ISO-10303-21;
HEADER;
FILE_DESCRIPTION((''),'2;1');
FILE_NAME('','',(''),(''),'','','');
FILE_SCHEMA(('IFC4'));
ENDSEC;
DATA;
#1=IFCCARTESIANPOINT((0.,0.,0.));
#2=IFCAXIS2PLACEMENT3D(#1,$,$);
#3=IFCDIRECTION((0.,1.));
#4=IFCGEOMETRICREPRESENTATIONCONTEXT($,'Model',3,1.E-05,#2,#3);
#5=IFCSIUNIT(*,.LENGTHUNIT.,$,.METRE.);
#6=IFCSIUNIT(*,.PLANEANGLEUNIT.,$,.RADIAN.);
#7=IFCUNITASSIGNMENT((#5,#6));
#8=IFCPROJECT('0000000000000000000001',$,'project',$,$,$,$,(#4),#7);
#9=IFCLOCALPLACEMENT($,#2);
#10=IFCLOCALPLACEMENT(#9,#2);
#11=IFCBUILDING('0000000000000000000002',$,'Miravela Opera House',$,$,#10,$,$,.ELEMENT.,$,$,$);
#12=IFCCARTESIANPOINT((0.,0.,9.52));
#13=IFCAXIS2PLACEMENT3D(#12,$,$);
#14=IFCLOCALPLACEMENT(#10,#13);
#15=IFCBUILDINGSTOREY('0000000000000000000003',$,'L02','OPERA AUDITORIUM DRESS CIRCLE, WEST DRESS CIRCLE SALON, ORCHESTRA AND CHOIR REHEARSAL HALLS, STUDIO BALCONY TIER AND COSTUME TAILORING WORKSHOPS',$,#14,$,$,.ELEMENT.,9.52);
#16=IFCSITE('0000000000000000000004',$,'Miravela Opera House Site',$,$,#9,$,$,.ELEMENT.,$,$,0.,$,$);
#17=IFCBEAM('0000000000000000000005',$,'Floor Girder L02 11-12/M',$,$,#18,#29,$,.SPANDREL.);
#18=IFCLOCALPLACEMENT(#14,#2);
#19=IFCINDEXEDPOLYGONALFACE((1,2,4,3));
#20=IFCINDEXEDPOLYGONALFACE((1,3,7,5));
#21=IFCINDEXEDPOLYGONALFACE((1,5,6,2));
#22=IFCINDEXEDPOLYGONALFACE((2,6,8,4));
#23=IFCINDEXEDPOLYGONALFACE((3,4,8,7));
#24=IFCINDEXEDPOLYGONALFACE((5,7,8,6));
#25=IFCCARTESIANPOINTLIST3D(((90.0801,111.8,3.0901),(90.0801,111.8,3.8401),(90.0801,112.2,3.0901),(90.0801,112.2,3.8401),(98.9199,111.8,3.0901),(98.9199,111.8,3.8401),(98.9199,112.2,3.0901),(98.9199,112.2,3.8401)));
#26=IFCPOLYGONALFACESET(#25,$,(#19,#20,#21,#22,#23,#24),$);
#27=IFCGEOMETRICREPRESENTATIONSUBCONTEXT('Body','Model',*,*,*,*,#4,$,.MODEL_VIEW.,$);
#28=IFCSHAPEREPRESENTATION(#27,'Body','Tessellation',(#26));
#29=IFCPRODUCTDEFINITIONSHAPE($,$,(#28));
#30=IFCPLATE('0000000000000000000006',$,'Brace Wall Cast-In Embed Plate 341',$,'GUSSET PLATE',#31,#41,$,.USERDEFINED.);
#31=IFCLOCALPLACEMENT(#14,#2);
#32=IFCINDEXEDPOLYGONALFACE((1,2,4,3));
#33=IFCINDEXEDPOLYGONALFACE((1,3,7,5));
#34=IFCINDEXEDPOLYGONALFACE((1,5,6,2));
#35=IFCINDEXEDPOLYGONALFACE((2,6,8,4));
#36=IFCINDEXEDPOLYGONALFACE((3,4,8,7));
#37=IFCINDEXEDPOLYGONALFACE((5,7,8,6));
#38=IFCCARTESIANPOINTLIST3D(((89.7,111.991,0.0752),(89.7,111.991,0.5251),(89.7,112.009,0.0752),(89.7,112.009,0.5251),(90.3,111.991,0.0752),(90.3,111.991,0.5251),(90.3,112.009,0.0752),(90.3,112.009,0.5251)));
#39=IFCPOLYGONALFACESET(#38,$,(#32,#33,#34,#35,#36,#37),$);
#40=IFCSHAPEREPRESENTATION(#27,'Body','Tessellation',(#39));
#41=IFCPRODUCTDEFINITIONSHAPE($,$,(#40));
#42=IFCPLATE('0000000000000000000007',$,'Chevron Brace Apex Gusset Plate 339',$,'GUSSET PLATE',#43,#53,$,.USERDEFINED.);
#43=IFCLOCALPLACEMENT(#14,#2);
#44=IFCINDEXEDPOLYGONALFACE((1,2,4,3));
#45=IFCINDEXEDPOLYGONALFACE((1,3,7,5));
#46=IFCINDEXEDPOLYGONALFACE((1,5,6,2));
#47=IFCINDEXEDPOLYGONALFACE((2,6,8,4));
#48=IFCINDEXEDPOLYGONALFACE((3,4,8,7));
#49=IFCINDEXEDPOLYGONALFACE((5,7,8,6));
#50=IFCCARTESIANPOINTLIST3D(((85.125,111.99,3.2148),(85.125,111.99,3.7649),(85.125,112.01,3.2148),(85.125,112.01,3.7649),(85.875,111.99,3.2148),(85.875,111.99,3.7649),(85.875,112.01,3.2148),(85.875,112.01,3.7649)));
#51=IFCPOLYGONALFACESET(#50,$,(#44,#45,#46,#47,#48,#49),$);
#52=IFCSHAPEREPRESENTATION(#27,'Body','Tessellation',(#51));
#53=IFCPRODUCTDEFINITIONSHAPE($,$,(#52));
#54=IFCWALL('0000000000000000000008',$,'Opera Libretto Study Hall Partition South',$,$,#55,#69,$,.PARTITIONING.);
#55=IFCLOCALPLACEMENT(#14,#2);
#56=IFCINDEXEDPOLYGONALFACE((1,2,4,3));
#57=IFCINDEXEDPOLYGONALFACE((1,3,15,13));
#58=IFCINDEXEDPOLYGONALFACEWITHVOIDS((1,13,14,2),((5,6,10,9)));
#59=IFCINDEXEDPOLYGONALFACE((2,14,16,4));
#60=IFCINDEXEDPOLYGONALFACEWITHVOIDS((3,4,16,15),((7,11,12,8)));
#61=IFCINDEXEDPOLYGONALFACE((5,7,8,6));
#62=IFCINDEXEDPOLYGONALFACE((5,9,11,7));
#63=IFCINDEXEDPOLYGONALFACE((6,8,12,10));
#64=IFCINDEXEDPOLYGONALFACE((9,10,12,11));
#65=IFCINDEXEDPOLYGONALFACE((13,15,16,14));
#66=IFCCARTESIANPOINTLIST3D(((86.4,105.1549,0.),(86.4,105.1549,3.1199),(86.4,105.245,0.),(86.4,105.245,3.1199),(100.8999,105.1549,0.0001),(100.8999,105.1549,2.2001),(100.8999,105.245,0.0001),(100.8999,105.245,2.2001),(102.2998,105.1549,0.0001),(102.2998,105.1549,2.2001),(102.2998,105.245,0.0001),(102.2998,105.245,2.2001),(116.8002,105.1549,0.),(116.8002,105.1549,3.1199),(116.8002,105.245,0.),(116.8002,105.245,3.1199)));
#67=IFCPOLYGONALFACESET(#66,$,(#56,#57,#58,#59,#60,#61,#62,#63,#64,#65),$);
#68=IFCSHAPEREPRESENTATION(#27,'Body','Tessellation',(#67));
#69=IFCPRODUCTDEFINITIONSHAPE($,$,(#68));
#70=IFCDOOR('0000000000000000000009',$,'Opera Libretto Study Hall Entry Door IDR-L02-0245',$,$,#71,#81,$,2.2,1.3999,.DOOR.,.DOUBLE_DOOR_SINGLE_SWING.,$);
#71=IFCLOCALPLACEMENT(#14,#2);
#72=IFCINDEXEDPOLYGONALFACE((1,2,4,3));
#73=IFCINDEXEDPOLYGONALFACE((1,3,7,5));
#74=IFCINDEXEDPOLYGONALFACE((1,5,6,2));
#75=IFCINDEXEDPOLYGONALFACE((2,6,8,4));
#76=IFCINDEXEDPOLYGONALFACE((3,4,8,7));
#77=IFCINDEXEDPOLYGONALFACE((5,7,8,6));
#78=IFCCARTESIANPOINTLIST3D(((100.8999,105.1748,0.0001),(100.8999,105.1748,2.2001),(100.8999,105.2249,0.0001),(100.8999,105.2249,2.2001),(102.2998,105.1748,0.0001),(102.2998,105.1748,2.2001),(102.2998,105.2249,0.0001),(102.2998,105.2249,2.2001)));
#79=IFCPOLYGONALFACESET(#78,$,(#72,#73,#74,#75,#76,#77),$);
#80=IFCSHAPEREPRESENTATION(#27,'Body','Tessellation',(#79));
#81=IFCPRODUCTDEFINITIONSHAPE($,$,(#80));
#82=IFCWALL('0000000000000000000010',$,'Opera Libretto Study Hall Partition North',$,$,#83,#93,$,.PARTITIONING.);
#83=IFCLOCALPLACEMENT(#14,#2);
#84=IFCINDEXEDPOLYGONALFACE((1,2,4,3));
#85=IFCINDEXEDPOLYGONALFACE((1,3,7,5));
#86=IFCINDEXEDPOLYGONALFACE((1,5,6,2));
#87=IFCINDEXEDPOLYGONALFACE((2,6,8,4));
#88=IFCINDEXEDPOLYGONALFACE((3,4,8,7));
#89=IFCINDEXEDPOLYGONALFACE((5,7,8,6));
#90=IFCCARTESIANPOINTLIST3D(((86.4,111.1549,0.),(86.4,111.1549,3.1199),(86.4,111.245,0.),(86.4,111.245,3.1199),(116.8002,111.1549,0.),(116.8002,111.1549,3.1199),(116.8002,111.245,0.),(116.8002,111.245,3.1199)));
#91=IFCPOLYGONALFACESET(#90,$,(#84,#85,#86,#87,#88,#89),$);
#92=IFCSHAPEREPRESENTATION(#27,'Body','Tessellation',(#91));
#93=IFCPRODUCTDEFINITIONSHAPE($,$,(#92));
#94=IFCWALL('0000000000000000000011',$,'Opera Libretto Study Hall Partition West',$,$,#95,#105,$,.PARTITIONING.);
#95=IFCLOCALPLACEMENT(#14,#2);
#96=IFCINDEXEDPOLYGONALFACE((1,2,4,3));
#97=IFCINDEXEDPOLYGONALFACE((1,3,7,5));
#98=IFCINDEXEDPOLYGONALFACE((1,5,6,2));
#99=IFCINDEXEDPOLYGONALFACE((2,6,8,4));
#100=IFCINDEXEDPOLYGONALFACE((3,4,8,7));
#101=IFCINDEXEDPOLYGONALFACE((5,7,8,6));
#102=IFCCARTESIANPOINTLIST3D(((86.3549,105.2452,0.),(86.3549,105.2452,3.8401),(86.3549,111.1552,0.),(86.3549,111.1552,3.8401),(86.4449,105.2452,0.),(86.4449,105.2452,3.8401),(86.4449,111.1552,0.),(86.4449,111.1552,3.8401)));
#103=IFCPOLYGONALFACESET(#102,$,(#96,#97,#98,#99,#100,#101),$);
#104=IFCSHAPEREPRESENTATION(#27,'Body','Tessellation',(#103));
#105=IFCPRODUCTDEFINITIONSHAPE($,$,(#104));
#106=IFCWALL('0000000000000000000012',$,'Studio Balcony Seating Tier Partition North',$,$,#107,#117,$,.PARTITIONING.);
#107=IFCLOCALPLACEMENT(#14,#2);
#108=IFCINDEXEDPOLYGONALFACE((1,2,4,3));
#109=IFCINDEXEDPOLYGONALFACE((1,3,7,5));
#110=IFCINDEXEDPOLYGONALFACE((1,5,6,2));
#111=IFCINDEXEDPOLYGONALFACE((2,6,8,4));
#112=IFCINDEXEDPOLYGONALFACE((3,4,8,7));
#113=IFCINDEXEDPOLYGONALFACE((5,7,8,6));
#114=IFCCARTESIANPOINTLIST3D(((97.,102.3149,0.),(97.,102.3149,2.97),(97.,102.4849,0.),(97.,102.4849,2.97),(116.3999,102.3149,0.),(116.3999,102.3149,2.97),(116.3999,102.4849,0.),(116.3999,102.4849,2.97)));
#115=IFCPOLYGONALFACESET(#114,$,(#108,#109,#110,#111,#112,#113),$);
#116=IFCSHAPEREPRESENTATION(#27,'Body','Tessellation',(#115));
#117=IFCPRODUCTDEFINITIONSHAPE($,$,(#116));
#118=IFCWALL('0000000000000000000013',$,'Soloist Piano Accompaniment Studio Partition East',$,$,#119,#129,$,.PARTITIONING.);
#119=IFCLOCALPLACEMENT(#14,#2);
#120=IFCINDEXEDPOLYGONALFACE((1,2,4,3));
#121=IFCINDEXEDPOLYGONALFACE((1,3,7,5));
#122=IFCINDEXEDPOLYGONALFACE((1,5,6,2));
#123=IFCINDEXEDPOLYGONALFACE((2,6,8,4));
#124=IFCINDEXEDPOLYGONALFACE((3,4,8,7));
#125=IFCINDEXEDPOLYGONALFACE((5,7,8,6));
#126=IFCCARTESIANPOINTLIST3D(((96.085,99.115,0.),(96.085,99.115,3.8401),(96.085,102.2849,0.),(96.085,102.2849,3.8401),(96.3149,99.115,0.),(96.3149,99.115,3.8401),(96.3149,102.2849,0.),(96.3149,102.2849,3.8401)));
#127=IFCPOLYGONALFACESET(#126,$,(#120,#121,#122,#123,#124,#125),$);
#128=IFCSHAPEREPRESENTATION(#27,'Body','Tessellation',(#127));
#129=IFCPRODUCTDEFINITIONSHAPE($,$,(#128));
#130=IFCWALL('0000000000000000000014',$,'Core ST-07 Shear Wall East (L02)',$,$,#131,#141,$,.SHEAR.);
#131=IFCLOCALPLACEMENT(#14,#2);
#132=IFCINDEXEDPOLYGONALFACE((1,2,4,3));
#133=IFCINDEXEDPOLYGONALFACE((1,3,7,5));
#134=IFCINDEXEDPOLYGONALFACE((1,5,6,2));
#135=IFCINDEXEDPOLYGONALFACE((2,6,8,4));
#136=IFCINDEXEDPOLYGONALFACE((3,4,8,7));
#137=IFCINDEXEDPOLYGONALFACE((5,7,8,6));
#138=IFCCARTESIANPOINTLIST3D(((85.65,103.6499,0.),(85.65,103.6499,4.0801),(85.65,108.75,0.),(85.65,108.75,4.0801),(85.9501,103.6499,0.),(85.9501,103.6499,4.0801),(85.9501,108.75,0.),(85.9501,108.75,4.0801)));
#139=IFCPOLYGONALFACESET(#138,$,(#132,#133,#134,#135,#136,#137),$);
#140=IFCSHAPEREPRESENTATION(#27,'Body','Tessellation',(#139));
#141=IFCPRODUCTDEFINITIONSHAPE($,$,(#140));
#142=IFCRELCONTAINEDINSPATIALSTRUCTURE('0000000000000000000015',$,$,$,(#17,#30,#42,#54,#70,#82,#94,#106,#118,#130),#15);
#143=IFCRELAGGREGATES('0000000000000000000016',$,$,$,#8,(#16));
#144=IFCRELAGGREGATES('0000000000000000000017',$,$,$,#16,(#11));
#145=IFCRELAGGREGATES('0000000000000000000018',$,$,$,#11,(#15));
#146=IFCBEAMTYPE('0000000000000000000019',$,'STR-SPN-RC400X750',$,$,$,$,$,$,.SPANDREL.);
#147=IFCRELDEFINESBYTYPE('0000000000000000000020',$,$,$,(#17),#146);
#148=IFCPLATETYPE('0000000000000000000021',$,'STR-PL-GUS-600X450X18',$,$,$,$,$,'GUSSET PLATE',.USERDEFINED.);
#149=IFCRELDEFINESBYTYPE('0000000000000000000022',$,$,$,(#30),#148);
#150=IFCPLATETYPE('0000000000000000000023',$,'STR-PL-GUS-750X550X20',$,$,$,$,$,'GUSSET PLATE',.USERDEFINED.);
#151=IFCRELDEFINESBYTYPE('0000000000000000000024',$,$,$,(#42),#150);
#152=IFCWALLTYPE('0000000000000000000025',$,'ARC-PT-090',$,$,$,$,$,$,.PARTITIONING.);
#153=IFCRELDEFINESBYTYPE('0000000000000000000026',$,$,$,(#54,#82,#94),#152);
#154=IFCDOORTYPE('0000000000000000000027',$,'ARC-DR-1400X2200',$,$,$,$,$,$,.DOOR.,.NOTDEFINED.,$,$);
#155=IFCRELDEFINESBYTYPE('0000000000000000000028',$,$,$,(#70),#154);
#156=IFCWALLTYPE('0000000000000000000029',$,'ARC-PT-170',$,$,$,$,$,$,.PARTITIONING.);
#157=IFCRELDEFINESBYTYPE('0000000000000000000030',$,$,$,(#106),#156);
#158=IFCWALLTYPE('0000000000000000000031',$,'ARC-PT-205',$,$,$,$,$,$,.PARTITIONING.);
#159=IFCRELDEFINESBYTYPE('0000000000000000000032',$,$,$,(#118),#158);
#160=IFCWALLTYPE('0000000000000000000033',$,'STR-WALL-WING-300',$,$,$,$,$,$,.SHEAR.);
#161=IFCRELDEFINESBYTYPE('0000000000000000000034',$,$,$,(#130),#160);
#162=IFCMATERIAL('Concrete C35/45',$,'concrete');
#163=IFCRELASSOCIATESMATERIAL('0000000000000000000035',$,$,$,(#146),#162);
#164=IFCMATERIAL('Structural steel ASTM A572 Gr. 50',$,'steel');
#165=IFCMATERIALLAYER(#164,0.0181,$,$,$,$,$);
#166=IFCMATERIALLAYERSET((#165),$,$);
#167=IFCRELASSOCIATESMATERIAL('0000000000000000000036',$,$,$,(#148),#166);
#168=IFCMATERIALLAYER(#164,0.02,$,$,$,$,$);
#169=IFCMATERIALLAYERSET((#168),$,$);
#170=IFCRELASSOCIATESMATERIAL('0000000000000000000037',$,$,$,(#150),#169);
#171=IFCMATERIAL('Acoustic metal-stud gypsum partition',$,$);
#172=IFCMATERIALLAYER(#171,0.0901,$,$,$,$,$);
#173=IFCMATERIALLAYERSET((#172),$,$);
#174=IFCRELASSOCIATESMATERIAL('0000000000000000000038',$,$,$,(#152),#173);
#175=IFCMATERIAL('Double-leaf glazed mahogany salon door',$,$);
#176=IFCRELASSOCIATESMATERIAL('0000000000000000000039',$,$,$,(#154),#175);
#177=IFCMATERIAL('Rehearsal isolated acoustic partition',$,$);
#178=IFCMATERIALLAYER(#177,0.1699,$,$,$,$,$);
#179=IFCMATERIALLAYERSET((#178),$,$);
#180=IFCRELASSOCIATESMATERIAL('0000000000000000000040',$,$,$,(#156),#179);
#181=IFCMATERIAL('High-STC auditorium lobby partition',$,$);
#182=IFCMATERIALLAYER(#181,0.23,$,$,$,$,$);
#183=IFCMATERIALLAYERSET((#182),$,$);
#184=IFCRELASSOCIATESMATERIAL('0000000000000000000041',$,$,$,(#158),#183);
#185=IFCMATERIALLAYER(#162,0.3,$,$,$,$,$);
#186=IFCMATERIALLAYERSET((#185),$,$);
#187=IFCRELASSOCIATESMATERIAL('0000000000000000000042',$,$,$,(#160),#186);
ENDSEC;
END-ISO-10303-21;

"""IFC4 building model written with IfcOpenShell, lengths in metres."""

from ifc_helpers import new_model, si_unit, direction, frame, frame_2d, origin, origin_2d, place, context, subcontext, project, spatial, rectangle, extrude, material, layer, layer_set, material_profile, profile_set, type_object, element, fill, save


model = new_model("IFC4")

# Units and contexts
model_context = context("Model", 3, precision=1e-05, world=origin(), true_north=direction((0.0, 1.0)))
body_context = subcontext(model_context, "Body", "Model", "MODEL_VIEW")
ifc_project = project(units=[si_unit("LENGTHUNIT", "METRE"), si_unit("PLANEANGLEUNIT", "RADIAN")], contexts=[model_context])

# Site, building, storey
site_placement = place(None, origin())
site = spatial("IfcSite", under=ifc_project, at=site_placement, Name="Miravela Opera House Site", CompositionType="ELEMENT", RefElevation=0.0)
building_placement = place(site_placement, origin())
building = spatial("IfcBuilding", under=site, at=building_placement, Name="Miravela Opera House", CompositionType="ELEMENT")
storey_placement = place(building_placement, frame((0.0, 0.0, 9.52)))
storey = spatial("IfcBuildingStorey", under=building, at=storey_placement, Name="L02", Description="OPERA AUDITORIUM DRESS CIRCLE, WEST DRESS CIRCLE SALON, ORCHESTRA AND CHOIR REHEARSAL HALLS, STUDIO BALCONY TIER AND COSTUME TAILORING WORKSHOPS", CompositionType="ELEMENT", Elevation=9.52)

# Shared definitions
ifc_material_1 = material(Name="Concrete C35/45", Category="concrete")

# Beam
ifc_material_profile_1 = material_profile(ifc_material_1, rectangle(XDim=0.3999, YDim=0.75, at=origin_2d()), Name="RC-SPN-400X750")
ifc_profile_set_1 = profile_set([ifc_material_profile_1])
beam_type_1 = type_object("IfcBeamType", Name="STR-SPN-RC400X750", PredefinedType="SPANDREL", material=ifc_profile_set_1)
beam_1_placement = place(storey_placement, frame((90.0801, 112.0, 3.4651), z_axis=(1.0, 0.0, 0.0), x_axis=(0.0, 1.0, 0.0)))
element("IfcBeam", 1, at=beam_1_placement, inside=storey, type_object=beam_type_1, Name="Floor Girder L02 11-12/M", PredefinedType="SPANDREL", context=body_context, shape_type="SweptSolid", body=[
    extrude(rectangle(XDim=0.3999, YDim=0.75, at=origin_2d()), origin(), (0.0, 0.0, 1.0), 8.8398),
])

# Plates
ifc_material_2 = material(Name="Structural steel ASTM A572 Gr. 50", Category="steel")
ifc_layer_1 = layer(ifc_material_2, 0.0181)
ifc_layer_set_1 = layer_set([ifc_layer_1])
plate_type_1 = type_object("IfcPlateType", Name="STR-PL-GUS-600X450X18", ElementType="GUSSET PLATE", PredefinedType="USERDEFINED", material=ifc_layer_set_1)
plate_1_placement = place(storey_placement, frame((90.0, 112.0, 0.0752), z_axis=(0.0, 0.0, 1.0), x_axis=(1.0, 0.0, 0.0)))
element("IfcPlate", 2, at=plate_1_placement, inside=storey, type_object=plate_type_1, Name="Brace Wall Cast-In Embed Plate 341", ObjectType="GUSSET PLATE", PredefinedType="USERDEFINED", context=body_context, shape_type="SweptSolid", body=[
    extrude(rectangle(XDim=0.6001, YDim=0.0181, at=origin_2d()), origin(), (0.0, 0.0, 1.0), 0.45),
])
ifc_layer_2 = layer(ifc_material_2, 0.02)
ifc_layer_set_2 = layer_set([ifc_layer_2])
plate_type_2 = type_object("IfcPlateType", Name="STR-PL-GUS-750X550X20", ElementType="GUSSET PLATE", PredefinedType="USERDEFINED", material=ifc_layer_set_2)
plate_2_placement = place(storey_placement, frame((85.5, 112.0, 3.2148), z_axis=(0.0, 0.0, 1.0), x_axis=(1.0, 0.0, 0.0)))
element("IfcPlate", 3, at=plate_2_placement, inside=storey, type_object=plate_type_2, Name="Chevron Brace Apex Gusset Plate 339", ObjectType="GUSSET PLATE", PredefinedType="USERDEFINED", context=body_context, shape_type="SweptSolid", body=[
    extrude(rectangle(XDim=0.75, YDim=0.02, at=origin_2d()), origin(), (0.0, 0.0, 1.0), 0.55),
])

# Wall, opening, door
ifc_material_3 = material(Name="Acoustic metal-stud gypsum partition")
ifc_layer_3 = layer(ifc_material_3, 0.0901)
ifc_layer_set_3 = layer_set([ifc_layer_3])
wall_type_1 = type_object("IfcWallType", Name="ARC-PT-090", PredefinedType="PARTITIONING", material=ifc_layer_set_3)
wall_1_placement = place(storey_placement, frame((86.3999, 105.2, 0.0), z_axis=(0.0, 0.0, 1.0), x_axis=(1.0, 0.0, 0.0)))
wall_1 = element("IfcWall", 4, at=wall_1_placement, inside=storey, type_object=wall_type_1, Name="Opera Libretto Study Hall Partition South", PredefinedType="PARTITIONING", context=body_context, shape_type="SweptSolid", body=[
    extrude(rectangle(XDim=30.4001, YDim=0.0901, at=frame_2d((15.2002, 0.0))), origin(), (0.0, 0.0, 1.0), 3.1199),
])
opening_placement = place(wall_1_placement, frame((14.5, 0.0, 0.0)))
opening = element("IfcOpeningElement", 5, at=opening_placement, cuts=wall_1, PredefinedType="OPENING", context=body_context, shape_type="SweptSolid", body=[
    extrude(rectangle(XDim=1.3999, YDim=2.2, at=frame_2d((0.7, 1.1001))), frame((0.0, 0.0549, 0.0), z_axis=(0.0, -1.0, 0.0), x_axis=(1.0, 0.0, 0.0)), (0.0, 0.0, 1.0), 0.1101),
])
ifc_material_4 = material(Name="Double-leaf glazed mahogany salon door")
door_type = type_object("IfcDoorType", Name="ARC-DR-1400X2200", OperationType="NOTDEFINED", PredefinedType="DOOR", material=ifc_material_4)
door_placement = place(opening_placement, origin())
door = element("IfcDoor", 6, at=door_placement, inside=storey, type_object=door_type, Name="Opera Libretto Study Hall Entry Door IDR-L02-0245", OperationType="DOUBLE_DOOR_SINGLE_SWING", OverallHeight=2.2, OverallWidth=1.3999, PredefinedType="DOOR", context=body_context, shape_type="SweptSolid", body=[
    extrude(rectangle(XDim=1.3999, YDim=2.2, at=frame_2d((0.7, 1.1001))), frame((0.0, 0.0249, 0.0), z_axis=(0.0, -1.0, 0.0), x_axis=(1.0, 0.0, 0.0)), (0.0, 0.0, 1.0), 0.05),
])
fill(opening, door)

# Walls
wall_2_placement = place(storey_placement, frame((86.3999, 111.2, 0.0), z_axis=(0.0, 0.0, 1.0), x_axis=(1.0, 0.0, 0.0)))
element("IfcWall", 7, at=wall_2_placement, inside=storey, type_object=wall_type_1, Name="Opera Libretto Study Hall Partition North", PredefinedType="PARTITIONING", context=body_context, shape_type="SweptSolid", body=[
    extrude(rectangle(XDim=30.4001, YDim=0.0901, at=frame_2d((15.2002, 0.0))), origin(), (0.0, 0.0, 1.0), 3.1199),
])
wall_3_placement = place(storey_placement, frame((86.3999, 105.2451, 0.0), z_axis=(0.0, 0.0, 1.0), x_axis=(0.0, 1.0, 0.0)))
element("IfcWall", 8, at=wall_3_placement, inside=storey, type_object=wall_type_1, Name="Opera Libretto Study Hall Partition West", PredefinedType="PARTITIONING", context=body_context, shape_type="SweptSolid", body=[
    extrude(rectangle(XDim=5.9099, YDim=0.0901, at=frame_2d((2.9551, 0.0))), origin(), (0.0, 0.0, 1.0), 3.8401),
])
ifc_material_5 = material(Name="Rehearsal isolated acoustic partition")
ifc_layer_4 = layer(ifc_material_5, 0.1699)
ifc_layer_set_4 = layer_set([ifc_layer_4])
wall_type_2 = type_object("IfcWallType", Name="ARC-PT-170", PredefinedType="PARTITIONING", material=ifc_layer_set_4)
wall_4_placement = place(storey_placement, frame((97.0, 102.3999, 0.0), z_axis=(0.0, 0.0, 1.0), x_axis=(1.0, 0.0, 0.0)))
element("IfcWall", 9, at=wall_4_placement, inside=storey, type_object=wall_type_2, Name="Studio Balcony Seating Tier Partition North", PredefinedType="PARTITIONING", context=body_context, shape_type="SweptSolid", body=[
    extrude(rectangle(XDim=19.3999, YDim=0.1699, at=frame_2d((9.7, 0.0))), origin(), (0.0, 0.0, 1.0), 2.97),
])
ifc_material_6 = material(Name="High-STC auditorium lobby partition")
ifc_layer_5 = layer(ifc_material_6, 0.23)
ifc_layer_set_5 = layer_set([ifc_layer_5])
wall_type_3 = type_object("IfcWallType", Name="ARC-PT-205", PredefinedType="PARTITIONING", material=ifc_layer_set_5)
wall_5_placement = place(storey_placement, frame((96.2, 99.115, 0.0), z_axis=(0.0, 0.0, 1.0), x_axis=(0.0, 1.0, 0.0)))
element("IfcWall", 10, at=wall_5_placement, inside=storey, type_object=wall_type_3, Name="Soloist Piano Accompaniment Studio Partition East", PredefinedType="PARTITIONING", context=body_context, shape_type="SweptSolid", body=[
    extrude(rectangle(XDim=3.1699, YDim=0.23, at=frame_2d((1.585, 0.0))), origin(), (0.0, 0.0, 1.0), 3.8401),
])
ifc_layer_6 = layer(ifc_material_1, 0.3)
ifc_layer_set_6 = layer_set([ifc_layer_6])
wall_type_4 = type_object("IfcWallType", Name="STR-WALL-WING-300", PredefinedType="SHEAR", material=ifc_layer_set_6)
wall_6_placement = place(storey_placement, frame((85.8, 103.6499, 0.0), z_axis=(0.0, 0.0, 1.0), x_axis=(0.0, 1.0, 0.0)))
element("IfcWall", 11, at=wall_6_placement, inside=storey, type_object=wall_type_4, Name="Core ST-07 Shear Wall East (L02)", PredefinedType="SHEAR", context=body_context, shape_type="SweptSolid", body=[
    extrude(rectangle(XDim=5.1001, YDim=0.3, at=frame_2d((2.55, 0.0))), origin(), (0.0, 0.0, 1.0), 4.0801),
])

save(model, "model.ifc")
